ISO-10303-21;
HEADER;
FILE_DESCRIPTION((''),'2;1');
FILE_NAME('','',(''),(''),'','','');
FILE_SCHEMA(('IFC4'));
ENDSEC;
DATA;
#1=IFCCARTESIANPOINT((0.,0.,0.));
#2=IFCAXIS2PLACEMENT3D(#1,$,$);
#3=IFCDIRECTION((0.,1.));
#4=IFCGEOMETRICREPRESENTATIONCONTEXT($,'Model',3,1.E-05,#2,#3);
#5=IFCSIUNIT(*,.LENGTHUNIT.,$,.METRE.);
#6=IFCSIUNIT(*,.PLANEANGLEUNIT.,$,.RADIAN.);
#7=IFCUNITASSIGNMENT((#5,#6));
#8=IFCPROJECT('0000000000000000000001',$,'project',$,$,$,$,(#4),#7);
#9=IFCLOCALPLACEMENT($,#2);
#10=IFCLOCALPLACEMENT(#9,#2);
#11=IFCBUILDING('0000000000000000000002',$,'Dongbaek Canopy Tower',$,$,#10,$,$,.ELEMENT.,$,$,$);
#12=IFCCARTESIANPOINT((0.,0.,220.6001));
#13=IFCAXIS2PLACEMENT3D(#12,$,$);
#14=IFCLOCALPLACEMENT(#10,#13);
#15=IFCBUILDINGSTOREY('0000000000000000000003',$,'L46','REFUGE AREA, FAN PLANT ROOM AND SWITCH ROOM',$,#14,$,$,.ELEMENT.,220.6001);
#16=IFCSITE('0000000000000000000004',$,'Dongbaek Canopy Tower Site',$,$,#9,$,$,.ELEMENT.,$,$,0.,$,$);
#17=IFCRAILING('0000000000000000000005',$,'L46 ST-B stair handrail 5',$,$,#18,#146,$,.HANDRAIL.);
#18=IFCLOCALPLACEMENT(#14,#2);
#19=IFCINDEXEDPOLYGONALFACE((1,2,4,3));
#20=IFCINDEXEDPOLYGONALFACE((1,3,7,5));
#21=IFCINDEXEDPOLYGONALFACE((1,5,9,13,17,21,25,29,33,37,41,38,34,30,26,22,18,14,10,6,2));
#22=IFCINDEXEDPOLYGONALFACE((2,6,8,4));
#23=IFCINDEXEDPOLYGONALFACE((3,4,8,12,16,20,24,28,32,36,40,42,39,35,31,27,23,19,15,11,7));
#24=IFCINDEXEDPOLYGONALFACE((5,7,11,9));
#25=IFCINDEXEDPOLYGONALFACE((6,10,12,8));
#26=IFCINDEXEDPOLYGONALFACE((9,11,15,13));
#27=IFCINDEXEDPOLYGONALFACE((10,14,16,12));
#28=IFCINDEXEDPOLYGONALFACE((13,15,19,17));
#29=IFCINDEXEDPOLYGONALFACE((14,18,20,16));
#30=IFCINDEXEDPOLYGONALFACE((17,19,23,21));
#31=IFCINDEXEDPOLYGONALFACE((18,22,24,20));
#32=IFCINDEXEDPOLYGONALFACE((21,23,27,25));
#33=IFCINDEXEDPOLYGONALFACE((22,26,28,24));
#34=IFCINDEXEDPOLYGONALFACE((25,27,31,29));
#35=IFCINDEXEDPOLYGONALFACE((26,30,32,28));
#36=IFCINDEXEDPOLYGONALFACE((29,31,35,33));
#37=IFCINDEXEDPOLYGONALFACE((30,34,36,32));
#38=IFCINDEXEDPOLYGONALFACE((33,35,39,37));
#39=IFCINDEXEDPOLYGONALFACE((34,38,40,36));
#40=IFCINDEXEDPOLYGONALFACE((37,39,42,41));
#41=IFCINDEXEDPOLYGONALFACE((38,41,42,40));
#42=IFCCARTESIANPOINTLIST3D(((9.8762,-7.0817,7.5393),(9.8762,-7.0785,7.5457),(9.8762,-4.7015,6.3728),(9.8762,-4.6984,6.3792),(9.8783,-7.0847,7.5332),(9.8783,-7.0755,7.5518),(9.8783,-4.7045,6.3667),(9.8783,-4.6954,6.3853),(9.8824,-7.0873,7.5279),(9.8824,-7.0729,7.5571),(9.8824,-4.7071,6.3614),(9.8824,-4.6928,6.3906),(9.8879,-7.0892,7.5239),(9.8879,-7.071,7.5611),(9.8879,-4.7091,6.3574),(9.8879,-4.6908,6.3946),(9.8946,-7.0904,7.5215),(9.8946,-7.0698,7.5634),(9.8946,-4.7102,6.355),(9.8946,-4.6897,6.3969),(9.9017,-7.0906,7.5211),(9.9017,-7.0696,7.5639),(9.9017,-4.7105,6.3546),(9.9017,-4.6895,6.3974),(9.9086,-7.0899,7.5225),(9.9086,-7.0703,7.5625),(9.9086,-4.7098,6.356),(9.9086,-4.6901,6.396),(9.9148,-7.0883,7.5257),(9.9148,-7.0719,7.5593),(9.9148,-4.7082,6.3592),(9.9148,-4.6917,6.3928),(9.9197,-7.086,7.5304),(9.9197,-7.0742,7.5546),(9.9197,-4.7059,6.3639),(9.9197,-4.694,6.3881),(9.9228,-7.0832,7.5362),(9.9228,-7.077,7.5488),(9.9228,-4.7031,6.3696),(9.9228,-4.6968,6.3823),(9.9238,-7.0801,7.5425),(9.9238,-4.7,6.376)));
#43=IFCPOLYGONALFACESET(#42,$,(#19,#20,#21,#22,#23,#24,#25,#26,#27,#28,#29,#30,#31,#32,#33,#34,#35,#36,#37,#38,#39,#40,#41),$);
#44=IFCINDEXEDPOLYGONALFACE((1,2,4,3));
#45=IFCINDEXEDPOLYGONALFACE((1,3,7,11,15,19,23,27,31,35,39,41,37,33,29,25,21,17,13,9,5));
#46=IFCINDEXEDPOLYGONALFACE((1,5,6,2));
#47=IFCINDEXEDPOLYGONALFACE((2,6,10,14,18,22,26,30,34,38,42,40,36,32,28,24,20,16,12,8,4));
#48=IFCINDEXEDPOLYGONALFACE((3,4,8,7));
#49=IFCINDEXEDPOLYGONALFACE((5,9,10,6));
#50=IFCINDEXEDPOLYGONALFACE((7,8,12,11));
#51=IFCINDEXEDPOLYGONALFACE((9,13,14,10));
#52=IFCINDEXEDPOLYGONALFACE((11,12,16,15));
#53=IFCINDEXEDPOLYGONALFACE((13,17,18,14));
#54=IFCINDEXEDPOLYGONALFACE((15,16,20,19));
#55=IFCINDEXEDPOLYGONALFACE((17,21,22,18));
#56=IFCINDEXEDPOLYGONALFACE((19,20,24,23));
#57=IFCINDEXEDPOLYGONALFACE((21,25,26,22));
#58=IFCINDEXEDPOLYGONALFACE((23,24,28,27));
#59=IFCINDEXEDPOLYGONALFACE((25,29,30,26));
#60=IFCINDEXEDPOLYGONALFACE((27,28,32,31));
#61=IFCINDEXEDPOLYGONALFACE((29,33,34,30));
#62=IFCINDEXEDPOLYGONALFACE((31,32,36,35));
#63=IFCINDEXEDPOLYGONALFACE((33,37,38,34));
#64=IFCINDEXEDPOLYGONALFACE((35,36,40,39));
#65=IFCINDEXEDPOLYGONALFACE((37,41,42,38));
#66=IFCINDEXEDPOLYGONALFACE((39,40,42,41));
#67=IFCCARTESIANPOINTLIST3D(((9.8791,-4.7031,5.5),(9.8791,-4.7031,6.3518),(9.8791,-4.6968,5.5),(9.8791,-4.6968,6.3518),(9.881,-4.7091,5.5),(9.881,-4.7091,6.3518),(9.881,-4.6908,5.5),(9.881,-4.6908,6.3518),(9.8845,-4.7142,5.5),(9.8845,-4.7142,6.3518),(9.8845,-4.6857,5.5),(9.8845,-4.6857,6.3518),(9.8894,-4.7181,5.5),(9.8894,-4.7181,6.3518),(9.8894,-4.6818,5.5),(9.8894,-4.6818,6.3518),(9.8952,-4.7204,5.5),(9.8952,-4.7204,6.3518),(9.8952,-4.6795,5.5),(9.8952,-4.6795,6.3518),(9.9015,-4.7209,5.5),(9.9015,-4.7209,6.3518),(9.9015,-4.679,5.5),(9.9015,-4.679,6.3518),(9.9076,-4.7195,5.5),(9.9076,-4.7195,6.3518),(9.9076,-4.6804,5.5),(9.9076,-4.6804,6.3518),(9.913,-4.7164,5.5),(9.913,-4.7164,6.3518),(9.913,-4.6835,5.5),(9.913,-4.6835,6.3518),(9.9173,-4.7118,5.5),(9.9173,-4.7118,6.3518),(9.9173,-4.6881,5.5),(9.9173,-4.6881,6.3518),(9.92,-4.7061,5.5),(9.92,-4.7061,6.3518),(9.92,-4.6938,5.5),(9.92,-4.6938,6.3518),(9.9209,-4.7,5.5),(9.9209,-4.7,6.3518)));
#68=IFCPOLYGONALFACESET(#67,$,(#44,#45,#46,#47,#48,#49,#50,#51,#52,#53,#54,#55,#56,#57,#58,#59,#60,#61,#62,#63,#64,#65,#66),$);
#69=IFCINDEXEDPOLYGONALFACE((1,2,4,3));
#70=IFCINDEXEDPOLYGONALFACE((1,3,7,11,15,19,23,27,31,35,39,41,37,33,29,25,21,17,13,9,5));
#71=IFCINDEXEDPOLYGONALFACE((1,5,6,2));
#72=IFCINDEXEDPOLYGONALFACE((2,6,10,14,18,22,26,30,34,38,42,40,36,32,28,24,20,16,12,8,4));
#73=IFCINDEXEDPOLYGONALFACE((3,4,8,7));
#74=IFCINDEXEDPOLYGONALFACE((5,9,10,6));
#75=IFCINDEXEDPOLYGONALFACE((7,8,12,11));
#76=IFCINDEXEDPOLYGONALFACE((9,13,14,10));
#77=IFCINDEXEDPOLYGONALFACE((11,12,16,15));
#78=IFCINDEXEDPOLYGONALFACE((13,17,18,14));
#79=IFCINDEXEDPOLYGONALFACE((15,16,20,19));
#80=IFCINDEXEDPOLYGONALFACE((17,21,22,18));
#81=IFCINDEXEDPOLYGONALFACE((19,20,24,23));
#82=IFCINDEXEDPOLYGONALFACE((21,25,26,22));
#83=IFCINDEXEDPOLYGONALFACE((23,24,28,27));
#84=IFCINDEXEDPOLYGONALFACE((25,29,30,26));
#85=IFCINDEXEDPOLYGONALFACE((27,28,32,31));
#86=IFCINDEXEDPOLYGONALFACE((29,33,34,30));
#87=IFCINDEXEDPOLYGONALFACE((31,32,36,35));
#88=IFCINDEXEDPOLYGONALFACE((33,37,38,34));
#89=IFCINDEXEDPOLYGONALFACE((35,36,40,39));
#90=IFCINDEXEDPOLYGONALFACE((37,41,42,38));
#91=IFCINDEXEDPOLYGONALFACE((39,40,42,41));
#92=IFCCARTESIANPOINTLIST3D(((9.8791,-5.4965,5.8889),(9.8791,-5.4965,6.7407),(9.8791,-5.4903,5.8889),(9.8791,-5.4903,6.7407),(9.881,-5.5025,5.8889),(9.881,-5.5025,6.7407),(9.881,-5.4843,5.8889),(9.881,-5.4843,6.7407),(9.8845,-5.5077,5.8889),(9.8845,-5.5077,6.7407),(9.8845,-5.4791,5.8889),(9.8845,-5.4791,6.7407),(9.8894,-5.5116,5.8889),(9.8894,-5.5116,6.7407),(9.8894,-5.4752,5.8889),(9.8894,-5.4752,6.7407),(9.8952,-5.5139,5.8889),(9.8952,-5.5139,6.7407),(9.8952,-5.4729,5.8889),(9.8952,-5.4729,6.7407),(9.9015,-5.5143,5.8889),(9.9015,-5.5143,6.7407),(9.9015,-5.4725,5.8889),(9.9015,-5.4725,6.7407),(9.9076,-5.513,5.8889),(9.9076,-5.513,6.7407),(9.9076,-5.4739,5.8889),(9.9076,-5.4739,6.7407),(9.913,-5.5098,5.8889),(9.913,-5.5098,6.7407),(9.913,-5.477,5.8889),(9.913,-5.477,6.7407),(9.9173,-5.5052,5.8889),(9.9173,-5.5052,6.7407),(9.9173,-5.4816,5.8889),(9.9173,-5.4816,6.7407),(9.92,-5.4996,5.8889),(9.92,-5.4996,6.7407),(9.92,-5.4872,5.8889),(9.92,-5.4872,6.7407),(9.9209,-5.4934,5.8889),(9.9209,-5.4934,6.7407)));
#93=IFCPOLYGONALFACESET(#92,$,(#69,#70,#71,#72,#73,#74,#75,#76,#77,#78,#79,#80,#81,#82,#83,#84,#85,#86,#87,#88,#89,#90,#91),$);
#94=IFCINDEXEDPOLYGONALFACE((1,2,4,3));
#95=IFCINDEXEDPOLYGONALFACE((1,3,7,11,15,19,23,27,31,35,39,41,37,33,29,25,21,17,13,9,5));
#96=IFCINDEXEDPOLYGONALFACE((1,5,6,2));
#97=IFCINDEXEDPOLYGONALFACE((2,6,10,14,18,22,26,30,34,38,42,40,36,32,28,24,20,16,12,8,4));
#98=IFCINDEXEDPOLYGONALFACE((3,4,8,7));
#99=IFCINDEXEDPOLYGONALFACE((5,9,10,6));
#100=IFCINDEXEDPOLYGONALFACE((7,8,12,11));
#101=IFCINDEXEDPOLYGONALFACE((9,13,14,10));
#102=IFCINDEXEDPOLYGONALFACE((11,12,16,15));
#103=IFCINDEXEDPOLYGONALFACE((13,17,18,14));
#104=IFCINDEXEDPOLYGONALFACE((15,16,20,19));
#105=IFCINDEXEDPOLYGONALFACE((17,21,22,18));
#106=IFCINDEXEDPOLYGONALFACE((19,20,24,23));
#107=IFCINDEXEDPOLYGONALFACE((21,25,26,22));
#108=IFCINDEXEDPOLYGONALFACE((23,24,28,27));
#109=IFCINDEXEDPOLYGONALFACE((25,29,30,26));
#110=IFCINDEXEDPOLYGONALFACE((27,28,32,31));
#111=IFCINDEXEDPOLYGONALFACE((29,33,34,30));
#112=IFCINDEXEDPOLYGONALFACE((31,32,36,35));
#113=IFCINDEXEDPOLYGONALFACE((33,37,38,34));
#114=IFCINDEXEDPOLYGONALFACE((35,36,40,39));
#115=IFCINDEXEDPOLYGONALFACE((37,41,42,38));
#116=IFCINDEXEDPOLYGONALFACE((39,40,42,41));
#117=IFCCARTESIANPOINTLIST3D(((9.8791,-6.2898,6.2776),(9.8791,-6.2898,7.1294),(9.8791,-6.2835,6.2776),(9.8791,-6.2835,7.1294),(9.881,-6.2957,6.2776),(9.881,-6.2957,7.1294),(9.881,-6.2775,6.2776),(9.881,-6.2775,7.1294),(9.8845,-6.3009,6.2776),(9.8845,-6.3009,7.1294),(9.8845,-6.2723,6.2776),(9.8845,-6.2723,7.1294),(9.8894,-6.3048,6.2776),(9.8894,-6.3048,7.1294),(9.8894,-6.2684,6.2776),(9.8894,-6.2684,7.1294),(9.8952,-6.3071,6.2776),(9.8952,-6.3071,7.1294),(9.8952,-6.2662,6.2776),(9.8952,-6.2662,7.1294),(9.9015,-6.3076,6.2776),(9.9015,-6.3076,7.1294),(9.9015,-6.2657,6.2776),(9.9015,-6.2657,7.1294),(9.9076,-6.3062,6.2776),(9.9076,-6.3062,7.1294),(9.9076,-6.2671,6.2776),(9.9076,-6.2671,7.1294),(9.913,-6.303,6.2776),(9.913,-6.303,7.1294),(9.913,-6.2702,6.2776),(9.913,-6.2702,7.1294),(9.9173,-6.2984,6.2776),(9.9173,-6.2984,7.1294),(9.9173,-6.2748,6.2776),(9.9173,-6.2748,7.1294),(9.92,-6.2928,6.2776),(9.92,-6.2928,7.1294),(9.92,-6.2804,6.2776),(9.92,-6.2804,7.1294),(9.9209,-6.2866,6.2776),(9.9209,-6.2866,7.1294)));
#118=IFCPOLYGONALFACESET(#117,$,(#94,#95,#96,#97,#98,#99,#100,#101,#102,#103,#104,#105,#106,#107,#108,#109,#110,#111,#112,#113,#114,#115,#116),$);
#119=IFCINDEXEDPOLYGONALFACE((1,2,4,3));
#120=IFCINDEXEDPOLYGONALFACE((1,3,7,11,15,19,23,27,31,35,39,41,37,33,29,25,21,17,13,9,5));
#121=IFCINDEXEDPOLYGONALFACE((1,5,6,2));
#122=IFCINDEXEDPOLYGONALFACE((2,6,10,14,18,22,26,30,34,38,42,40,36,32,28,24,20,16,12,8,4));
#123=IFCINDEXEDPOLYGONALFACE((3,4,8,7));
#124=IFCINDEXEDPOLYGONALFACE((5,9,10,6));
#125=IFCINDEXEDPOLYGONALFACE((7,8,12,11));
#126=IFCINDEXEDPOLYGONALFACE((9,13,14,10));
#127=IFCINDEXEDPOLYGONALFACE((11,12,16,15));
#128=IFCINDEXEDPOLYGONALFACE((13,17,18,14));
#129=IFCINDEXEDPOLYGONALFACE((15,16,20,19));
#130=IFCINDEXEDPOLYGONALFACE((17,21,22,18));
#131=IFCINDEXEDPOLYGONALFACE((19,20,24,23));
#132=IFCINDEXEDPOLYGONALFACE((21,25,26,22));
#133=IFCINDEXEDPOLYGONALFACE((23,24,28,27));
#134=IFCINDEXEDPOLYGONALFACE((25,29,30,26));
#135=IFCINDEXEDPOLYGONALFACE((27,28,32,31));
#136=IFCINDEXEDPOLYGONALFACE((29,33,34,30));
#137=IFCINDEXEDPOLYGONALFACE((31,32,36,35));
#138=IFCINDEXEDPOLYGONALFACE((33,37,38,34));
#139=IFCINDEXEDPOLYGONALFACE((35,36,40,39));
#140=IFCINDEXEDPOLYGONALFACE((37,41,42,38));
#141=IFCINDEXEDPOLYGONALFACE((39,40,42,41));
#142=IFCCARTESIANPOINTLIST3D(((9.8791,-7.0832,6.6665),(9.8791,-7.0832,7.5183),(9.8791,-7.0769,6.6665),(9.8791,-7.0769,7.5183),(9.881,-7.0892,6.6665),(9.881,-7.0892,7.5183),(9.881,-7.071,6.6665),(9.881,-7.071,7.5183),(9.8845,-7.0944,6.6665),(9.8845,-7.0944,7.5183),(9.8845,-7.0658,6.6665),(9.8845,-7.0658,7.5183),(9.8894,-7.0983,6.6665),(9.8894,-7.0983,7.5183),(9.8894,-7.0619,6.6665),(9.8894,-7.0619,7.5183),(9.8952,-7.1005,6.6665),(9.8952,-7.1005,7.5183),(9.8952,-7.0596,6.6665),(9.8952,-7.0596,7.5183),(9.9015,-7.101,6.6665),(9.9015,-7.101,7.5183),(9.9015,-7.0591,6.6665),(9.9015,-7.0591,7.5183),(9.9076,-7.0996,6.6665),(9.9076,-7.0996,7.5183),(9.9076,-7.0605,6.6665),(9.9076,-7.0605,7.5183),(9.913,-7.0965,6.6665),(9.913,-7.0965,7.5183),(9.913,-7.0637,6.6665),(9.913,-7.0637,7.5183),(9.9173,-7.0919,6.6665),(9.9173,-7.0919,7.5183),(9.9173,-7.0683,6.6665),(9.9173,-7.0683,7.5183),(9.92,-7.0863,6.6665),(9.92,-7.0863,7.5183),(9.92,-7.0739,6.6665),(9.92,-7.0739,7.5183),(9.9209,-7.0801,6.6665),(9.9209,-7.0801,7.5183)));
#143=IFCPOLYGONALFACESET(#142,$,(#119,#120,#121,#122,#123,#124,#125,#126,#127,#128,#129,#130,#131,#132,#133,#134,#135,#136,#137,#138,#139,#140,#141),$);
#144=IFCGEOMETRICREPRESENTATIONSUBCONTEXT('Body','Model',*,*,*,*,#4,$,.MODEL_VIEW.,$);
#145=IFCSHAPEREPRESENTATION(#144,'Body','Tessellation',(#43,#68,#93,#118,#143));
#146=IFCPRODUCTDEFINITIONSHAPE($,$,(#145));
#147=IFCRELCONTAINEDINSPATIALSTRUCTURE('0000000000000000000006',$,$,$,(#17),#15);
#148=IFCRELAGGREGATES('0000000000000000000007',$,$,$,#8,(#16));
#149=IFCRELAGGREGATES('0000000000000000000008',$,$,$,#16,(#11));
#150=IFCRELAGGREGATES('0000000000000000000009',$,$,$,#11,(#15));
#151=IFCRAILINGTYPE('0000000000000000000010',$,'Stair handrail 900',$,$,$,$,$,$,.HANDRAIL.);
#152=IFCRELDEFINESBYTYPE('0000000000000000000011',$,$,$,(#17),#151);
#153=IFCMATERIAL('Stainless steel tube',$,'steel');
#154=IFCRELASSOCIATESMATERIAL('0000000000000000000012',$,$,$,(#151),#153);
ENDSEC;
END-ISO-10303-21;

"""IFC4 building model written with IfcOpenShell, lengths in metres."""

from ifc_helpers import new_model, si_unit, direction, frame, origin, origin_2d, place, context, subcontext, project, spatial, circle, extrude, material, type_object, element, save


model = new_model("IFC4")

# Units and contexts
model_context = context("Model", 3, precision=1e-05, world=origin(), true_north=direction((0.0, 1.0)))
body_context = subcontext(model_context, "Body", "Model", "MODEL_VIEW")
ifc_project = project(units=[si_unit("LENGTHUNIT", "METRE"), si_unit("PLANEANGLEUNIT", "RADIAN")], contexts=[model_context])

# Site, building, storey
site_placement = place(None, origin())
site = spatial("IfcSite", under=ifc_project, at=site_placement, Name="Dongbaek Canopy Tower Site", CompositionType="ELEMENT", RefElevation=0.0)
building_placement = place(site_placement, origin())
building = spatial("IfcBuilding", under=site, at=building_placement, Name="Dongbaek Canopy Tower", CompositionType="ELEMENT")
storey_placement = place(building_placement, frame((0.0, 0.0, 220.6001)))
storey = spatial("IfcBuildingStorey", under=building, at=storey_placement, Name="L46", Description="REFUGE AREA, FAN PLANT ROOM AND SWITCH ROOM", CompositionType="ELEMENT", Elevation=220.6001)

# Railing
ifc_material_1 = material(Name="Stainless steel tube", Category="steel")
railing_type_1 = type_object("IfcRailingType", Name="Stair handrail 900", PredefinedType="HANDRAIL", material=ifc_material_1)
railing_1_placement = place(storey_placement, frame((9.8999, -4.7, 5.5)))
element("IfcRailing", 1, at=railing_1_placement, inside=storey, type_object=railing_type_1, Name="L46 ST-B stair handrail 5", PredefinedType="HANDRAIL", context=body_context, shape_type="SweptSolid", body=[
    extrude(circle(Radius=0.0239, at=origin_2d()), frame((0.0, 0.0, 0.876), z_axis=(0.0, -0.897954, 0.440089), x_axis=(1.0, 0.0, 0.0)), (0.0, 0.0, 1.0), 2.6506),
    extrude(circle(Radius=0.021, at=origin_2d()), origin(), (0.0, 0.0, 1.0), 0.8518),
    extrude(circle(Radius=0.021, at=origin_2d()), frame((0.0, -0.7935, 0.3889)), (0.0, 0.0, 1.0), 0.8518),
    extrude(circle(Radius=0.021, at=origin_2d()), frame((0.0, -1.5867, 0.7776)), (0.0, 0.0, 1.0), 0.8518),
    extrude(circle(Radius=0.021, at=origin_2d()), frame((0.0, -2.3801, 1.1665)), (0.0, 0.0, 1.0), 0.8518),
])

save(model, "model.ifc")
